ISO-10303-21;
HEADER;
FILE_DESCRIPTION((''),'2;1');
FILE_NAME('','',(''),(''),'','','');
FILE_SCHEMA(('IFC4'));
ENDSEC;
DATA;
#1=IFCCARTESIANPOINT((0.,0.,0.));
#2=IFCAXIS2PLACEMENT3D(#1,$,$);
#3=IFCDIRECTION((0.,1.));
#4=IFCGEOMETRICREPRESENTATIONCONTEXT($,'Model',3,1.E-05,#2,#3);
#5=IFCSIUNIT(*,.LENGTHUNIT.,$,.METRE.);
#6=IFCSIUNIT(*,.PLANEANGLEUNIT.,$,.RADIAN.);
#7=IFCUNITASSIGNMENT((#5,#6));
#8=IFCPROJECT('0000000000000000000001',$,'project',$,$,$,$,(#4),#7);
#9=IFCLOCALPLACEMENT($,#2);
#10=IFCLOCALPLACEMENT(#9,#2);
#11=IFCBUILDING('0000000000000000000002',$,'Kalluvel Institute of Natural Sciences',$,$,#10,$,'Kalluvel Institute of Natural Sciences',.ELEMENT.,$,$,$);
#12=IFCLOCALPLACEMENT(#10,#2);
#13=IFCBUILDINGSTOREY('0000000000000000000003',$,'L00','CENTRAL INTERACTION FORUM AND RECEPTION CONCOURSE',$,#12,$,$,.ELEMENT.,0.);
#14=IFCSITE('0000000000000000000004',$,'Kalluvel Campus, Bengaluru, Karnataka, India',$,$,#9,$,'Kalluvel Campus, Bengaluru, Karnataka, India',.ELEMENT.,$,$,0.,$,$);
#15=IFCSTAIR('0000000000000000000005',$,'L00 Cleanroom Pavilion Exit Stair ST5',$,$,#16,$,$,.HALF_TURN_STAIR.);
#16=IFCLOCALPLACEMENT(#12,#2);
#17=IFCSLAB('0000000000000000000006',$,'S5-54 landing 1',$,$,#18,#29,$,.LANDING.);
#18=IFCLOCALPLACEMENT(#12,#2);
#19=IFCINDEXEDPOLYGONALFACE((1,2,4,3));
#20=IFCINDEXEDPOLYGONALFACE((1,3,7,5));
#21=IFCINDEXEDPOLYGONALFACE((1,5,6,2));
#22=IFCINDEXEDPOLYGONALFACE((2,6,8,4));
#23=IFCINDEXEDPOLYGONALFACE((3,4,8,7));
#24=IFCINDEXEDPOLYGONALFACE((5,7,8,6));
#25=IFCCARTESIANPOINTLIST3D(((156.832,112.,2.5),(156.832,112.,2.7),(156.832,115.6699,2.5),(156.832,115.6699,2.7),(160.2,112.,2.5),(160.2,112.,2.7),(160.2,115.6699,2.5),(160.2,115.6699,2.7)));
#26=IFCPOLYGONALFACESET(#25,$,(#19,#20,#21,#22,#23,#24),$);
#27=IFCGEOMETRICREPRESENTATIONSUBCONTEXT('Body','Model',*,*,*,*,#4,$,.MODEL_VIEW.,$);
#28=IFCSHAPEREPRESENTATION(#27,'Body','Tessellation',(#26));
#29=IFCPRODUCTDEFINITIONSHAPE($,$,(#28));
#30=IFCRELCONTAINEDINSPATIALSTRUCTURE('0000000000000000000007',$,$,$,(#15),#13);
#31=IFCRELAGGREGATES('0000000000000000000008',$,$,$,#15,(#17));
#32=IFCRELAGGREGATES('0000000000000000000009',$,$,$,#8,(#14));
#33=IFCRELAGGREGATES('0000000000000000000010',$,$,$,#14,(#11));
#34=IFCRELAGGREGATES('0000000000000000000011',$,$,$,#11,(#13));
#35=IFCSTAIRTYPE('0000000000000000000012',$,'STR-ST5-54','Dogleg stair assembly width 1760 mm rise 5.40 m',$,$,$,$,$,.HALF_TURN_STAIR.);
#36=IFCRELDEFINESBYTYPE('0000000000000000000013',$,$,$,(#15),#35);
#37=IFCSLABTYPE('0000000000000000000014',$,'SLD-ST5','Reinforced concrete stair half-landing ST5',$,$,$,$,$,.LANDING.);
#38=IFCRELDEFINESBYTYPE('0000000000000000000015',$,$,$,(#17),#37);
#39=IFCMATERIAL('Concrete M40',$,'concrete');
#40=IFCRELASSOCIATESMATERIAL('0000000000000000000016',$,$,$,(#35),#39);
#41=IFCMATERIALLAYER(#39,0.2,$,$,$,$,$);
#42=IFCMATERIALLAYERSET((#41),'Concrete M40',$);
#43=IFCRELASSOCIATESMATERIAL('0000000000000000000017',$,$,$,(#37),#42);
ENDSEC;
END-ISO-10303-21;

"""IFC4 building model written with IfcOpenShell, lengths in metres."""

from ifc_helpers import new_model, si_unit, direction, frame, origin, place, context, subcontext, project, spatial, polyline, outline, extrude, material, layer, layer_set, type_object, element, aggregate, save


model = new_model("IFC4")

# Units and contexts
model_context = context("Model", 3, precision=1e-05, world=origin(), true_north=direction((0.0, 1.0)))
body_context = subcontext(model_context, "Body", "Model", "MODEL_VIEW")
ifc_project = project(units=[si_unit("LENGTHUNIT", "METRE"), si_unit("PLANEANGLEUNIT", "RADIAN")], contexts=[model_context])

# Site, building, storey
site_placement = place(None, origin())
site = spatial("IfcSite", under=ifc_project, at=site_placement, Name="Kalluvel Campus, Bengaluru, Karnataka, India", LongName="Kalluvel Campus, Bengaluru, Karnataka, India", CompositionType="ELEMENT", RefElevation=0.0)
building_placement = place(site_placement, origin())
building = spatial("IfcBuilding", under=site, at=building_placement, Name="Kalluvel Institute of Natural Sciences", LongName="Kalluvel Institute of Natural Sciences", CompositionType="ELEMENT")
storey_placement = place(building_placement, origin())
storey = spatial("IfcBuildingStorey", under=building, at=storey_placement, Name="L00", Description="CENTRAL INTERACTION FORUM AND RECEPTION CONCOURSE", CompositionType="ELEMENT", Elevation=0.0)

# Shared definitions
ifc_material_1 = material(Name="Concrete M40", Category="concrete")

# Stair, slab
stair_type_1 = type_object("IfcStairType", Name="STR-ST5-54", Description="Dogleg stair assembly width 1760 mm rise 5.40 m", PredefinedType="HALF_TURN_STAIR", material=ifc_material_1)
stair_1_placement = place(storey_placement, origin())
stair_1 = element("IfcStair", 1, at=stair_1_placement, inside=storey, type_object=stair_type_1, Name="L00 Cleanroom Pavilion Exit Stair ST5", PredefinedType="HALF_TURN_STAIR")
ifc_layer_1 = layer(ifc_material_1, 0.2)
ifc_layer_set_1 = layer_set([ifc_layer_1], Name="Concrete M40")
slab_type_1 = type_object("IfcSlabType", Name="SLD-ST5", Description="Reinforced concrete stair half-landing ST5", PredefinedType="LANDING", material=ifc_layer_set_1)
slab_1_placement = place(storey_placement, frame((0.0, 0.0, 2.5)))
slab_1 = element("IfcSlab", 2, at=slab_1_placement, type_object=slab_type_1, Name="S5-54 landing 1", PredefinedType="LANDING", context=body_context, shape_type="SweptSolid", body=[
    extrude(outline(polyline([(156.832, 112.0), (160.2, 112.0), (160.2, 115.6699), (156.832, 115.6699), (156.832, 112.0)])), origin(), (0.0, 0.0, 1.0), 0.2),
])
aggregate(stair_1, [slab_1])

save(model, "model.ifc")
